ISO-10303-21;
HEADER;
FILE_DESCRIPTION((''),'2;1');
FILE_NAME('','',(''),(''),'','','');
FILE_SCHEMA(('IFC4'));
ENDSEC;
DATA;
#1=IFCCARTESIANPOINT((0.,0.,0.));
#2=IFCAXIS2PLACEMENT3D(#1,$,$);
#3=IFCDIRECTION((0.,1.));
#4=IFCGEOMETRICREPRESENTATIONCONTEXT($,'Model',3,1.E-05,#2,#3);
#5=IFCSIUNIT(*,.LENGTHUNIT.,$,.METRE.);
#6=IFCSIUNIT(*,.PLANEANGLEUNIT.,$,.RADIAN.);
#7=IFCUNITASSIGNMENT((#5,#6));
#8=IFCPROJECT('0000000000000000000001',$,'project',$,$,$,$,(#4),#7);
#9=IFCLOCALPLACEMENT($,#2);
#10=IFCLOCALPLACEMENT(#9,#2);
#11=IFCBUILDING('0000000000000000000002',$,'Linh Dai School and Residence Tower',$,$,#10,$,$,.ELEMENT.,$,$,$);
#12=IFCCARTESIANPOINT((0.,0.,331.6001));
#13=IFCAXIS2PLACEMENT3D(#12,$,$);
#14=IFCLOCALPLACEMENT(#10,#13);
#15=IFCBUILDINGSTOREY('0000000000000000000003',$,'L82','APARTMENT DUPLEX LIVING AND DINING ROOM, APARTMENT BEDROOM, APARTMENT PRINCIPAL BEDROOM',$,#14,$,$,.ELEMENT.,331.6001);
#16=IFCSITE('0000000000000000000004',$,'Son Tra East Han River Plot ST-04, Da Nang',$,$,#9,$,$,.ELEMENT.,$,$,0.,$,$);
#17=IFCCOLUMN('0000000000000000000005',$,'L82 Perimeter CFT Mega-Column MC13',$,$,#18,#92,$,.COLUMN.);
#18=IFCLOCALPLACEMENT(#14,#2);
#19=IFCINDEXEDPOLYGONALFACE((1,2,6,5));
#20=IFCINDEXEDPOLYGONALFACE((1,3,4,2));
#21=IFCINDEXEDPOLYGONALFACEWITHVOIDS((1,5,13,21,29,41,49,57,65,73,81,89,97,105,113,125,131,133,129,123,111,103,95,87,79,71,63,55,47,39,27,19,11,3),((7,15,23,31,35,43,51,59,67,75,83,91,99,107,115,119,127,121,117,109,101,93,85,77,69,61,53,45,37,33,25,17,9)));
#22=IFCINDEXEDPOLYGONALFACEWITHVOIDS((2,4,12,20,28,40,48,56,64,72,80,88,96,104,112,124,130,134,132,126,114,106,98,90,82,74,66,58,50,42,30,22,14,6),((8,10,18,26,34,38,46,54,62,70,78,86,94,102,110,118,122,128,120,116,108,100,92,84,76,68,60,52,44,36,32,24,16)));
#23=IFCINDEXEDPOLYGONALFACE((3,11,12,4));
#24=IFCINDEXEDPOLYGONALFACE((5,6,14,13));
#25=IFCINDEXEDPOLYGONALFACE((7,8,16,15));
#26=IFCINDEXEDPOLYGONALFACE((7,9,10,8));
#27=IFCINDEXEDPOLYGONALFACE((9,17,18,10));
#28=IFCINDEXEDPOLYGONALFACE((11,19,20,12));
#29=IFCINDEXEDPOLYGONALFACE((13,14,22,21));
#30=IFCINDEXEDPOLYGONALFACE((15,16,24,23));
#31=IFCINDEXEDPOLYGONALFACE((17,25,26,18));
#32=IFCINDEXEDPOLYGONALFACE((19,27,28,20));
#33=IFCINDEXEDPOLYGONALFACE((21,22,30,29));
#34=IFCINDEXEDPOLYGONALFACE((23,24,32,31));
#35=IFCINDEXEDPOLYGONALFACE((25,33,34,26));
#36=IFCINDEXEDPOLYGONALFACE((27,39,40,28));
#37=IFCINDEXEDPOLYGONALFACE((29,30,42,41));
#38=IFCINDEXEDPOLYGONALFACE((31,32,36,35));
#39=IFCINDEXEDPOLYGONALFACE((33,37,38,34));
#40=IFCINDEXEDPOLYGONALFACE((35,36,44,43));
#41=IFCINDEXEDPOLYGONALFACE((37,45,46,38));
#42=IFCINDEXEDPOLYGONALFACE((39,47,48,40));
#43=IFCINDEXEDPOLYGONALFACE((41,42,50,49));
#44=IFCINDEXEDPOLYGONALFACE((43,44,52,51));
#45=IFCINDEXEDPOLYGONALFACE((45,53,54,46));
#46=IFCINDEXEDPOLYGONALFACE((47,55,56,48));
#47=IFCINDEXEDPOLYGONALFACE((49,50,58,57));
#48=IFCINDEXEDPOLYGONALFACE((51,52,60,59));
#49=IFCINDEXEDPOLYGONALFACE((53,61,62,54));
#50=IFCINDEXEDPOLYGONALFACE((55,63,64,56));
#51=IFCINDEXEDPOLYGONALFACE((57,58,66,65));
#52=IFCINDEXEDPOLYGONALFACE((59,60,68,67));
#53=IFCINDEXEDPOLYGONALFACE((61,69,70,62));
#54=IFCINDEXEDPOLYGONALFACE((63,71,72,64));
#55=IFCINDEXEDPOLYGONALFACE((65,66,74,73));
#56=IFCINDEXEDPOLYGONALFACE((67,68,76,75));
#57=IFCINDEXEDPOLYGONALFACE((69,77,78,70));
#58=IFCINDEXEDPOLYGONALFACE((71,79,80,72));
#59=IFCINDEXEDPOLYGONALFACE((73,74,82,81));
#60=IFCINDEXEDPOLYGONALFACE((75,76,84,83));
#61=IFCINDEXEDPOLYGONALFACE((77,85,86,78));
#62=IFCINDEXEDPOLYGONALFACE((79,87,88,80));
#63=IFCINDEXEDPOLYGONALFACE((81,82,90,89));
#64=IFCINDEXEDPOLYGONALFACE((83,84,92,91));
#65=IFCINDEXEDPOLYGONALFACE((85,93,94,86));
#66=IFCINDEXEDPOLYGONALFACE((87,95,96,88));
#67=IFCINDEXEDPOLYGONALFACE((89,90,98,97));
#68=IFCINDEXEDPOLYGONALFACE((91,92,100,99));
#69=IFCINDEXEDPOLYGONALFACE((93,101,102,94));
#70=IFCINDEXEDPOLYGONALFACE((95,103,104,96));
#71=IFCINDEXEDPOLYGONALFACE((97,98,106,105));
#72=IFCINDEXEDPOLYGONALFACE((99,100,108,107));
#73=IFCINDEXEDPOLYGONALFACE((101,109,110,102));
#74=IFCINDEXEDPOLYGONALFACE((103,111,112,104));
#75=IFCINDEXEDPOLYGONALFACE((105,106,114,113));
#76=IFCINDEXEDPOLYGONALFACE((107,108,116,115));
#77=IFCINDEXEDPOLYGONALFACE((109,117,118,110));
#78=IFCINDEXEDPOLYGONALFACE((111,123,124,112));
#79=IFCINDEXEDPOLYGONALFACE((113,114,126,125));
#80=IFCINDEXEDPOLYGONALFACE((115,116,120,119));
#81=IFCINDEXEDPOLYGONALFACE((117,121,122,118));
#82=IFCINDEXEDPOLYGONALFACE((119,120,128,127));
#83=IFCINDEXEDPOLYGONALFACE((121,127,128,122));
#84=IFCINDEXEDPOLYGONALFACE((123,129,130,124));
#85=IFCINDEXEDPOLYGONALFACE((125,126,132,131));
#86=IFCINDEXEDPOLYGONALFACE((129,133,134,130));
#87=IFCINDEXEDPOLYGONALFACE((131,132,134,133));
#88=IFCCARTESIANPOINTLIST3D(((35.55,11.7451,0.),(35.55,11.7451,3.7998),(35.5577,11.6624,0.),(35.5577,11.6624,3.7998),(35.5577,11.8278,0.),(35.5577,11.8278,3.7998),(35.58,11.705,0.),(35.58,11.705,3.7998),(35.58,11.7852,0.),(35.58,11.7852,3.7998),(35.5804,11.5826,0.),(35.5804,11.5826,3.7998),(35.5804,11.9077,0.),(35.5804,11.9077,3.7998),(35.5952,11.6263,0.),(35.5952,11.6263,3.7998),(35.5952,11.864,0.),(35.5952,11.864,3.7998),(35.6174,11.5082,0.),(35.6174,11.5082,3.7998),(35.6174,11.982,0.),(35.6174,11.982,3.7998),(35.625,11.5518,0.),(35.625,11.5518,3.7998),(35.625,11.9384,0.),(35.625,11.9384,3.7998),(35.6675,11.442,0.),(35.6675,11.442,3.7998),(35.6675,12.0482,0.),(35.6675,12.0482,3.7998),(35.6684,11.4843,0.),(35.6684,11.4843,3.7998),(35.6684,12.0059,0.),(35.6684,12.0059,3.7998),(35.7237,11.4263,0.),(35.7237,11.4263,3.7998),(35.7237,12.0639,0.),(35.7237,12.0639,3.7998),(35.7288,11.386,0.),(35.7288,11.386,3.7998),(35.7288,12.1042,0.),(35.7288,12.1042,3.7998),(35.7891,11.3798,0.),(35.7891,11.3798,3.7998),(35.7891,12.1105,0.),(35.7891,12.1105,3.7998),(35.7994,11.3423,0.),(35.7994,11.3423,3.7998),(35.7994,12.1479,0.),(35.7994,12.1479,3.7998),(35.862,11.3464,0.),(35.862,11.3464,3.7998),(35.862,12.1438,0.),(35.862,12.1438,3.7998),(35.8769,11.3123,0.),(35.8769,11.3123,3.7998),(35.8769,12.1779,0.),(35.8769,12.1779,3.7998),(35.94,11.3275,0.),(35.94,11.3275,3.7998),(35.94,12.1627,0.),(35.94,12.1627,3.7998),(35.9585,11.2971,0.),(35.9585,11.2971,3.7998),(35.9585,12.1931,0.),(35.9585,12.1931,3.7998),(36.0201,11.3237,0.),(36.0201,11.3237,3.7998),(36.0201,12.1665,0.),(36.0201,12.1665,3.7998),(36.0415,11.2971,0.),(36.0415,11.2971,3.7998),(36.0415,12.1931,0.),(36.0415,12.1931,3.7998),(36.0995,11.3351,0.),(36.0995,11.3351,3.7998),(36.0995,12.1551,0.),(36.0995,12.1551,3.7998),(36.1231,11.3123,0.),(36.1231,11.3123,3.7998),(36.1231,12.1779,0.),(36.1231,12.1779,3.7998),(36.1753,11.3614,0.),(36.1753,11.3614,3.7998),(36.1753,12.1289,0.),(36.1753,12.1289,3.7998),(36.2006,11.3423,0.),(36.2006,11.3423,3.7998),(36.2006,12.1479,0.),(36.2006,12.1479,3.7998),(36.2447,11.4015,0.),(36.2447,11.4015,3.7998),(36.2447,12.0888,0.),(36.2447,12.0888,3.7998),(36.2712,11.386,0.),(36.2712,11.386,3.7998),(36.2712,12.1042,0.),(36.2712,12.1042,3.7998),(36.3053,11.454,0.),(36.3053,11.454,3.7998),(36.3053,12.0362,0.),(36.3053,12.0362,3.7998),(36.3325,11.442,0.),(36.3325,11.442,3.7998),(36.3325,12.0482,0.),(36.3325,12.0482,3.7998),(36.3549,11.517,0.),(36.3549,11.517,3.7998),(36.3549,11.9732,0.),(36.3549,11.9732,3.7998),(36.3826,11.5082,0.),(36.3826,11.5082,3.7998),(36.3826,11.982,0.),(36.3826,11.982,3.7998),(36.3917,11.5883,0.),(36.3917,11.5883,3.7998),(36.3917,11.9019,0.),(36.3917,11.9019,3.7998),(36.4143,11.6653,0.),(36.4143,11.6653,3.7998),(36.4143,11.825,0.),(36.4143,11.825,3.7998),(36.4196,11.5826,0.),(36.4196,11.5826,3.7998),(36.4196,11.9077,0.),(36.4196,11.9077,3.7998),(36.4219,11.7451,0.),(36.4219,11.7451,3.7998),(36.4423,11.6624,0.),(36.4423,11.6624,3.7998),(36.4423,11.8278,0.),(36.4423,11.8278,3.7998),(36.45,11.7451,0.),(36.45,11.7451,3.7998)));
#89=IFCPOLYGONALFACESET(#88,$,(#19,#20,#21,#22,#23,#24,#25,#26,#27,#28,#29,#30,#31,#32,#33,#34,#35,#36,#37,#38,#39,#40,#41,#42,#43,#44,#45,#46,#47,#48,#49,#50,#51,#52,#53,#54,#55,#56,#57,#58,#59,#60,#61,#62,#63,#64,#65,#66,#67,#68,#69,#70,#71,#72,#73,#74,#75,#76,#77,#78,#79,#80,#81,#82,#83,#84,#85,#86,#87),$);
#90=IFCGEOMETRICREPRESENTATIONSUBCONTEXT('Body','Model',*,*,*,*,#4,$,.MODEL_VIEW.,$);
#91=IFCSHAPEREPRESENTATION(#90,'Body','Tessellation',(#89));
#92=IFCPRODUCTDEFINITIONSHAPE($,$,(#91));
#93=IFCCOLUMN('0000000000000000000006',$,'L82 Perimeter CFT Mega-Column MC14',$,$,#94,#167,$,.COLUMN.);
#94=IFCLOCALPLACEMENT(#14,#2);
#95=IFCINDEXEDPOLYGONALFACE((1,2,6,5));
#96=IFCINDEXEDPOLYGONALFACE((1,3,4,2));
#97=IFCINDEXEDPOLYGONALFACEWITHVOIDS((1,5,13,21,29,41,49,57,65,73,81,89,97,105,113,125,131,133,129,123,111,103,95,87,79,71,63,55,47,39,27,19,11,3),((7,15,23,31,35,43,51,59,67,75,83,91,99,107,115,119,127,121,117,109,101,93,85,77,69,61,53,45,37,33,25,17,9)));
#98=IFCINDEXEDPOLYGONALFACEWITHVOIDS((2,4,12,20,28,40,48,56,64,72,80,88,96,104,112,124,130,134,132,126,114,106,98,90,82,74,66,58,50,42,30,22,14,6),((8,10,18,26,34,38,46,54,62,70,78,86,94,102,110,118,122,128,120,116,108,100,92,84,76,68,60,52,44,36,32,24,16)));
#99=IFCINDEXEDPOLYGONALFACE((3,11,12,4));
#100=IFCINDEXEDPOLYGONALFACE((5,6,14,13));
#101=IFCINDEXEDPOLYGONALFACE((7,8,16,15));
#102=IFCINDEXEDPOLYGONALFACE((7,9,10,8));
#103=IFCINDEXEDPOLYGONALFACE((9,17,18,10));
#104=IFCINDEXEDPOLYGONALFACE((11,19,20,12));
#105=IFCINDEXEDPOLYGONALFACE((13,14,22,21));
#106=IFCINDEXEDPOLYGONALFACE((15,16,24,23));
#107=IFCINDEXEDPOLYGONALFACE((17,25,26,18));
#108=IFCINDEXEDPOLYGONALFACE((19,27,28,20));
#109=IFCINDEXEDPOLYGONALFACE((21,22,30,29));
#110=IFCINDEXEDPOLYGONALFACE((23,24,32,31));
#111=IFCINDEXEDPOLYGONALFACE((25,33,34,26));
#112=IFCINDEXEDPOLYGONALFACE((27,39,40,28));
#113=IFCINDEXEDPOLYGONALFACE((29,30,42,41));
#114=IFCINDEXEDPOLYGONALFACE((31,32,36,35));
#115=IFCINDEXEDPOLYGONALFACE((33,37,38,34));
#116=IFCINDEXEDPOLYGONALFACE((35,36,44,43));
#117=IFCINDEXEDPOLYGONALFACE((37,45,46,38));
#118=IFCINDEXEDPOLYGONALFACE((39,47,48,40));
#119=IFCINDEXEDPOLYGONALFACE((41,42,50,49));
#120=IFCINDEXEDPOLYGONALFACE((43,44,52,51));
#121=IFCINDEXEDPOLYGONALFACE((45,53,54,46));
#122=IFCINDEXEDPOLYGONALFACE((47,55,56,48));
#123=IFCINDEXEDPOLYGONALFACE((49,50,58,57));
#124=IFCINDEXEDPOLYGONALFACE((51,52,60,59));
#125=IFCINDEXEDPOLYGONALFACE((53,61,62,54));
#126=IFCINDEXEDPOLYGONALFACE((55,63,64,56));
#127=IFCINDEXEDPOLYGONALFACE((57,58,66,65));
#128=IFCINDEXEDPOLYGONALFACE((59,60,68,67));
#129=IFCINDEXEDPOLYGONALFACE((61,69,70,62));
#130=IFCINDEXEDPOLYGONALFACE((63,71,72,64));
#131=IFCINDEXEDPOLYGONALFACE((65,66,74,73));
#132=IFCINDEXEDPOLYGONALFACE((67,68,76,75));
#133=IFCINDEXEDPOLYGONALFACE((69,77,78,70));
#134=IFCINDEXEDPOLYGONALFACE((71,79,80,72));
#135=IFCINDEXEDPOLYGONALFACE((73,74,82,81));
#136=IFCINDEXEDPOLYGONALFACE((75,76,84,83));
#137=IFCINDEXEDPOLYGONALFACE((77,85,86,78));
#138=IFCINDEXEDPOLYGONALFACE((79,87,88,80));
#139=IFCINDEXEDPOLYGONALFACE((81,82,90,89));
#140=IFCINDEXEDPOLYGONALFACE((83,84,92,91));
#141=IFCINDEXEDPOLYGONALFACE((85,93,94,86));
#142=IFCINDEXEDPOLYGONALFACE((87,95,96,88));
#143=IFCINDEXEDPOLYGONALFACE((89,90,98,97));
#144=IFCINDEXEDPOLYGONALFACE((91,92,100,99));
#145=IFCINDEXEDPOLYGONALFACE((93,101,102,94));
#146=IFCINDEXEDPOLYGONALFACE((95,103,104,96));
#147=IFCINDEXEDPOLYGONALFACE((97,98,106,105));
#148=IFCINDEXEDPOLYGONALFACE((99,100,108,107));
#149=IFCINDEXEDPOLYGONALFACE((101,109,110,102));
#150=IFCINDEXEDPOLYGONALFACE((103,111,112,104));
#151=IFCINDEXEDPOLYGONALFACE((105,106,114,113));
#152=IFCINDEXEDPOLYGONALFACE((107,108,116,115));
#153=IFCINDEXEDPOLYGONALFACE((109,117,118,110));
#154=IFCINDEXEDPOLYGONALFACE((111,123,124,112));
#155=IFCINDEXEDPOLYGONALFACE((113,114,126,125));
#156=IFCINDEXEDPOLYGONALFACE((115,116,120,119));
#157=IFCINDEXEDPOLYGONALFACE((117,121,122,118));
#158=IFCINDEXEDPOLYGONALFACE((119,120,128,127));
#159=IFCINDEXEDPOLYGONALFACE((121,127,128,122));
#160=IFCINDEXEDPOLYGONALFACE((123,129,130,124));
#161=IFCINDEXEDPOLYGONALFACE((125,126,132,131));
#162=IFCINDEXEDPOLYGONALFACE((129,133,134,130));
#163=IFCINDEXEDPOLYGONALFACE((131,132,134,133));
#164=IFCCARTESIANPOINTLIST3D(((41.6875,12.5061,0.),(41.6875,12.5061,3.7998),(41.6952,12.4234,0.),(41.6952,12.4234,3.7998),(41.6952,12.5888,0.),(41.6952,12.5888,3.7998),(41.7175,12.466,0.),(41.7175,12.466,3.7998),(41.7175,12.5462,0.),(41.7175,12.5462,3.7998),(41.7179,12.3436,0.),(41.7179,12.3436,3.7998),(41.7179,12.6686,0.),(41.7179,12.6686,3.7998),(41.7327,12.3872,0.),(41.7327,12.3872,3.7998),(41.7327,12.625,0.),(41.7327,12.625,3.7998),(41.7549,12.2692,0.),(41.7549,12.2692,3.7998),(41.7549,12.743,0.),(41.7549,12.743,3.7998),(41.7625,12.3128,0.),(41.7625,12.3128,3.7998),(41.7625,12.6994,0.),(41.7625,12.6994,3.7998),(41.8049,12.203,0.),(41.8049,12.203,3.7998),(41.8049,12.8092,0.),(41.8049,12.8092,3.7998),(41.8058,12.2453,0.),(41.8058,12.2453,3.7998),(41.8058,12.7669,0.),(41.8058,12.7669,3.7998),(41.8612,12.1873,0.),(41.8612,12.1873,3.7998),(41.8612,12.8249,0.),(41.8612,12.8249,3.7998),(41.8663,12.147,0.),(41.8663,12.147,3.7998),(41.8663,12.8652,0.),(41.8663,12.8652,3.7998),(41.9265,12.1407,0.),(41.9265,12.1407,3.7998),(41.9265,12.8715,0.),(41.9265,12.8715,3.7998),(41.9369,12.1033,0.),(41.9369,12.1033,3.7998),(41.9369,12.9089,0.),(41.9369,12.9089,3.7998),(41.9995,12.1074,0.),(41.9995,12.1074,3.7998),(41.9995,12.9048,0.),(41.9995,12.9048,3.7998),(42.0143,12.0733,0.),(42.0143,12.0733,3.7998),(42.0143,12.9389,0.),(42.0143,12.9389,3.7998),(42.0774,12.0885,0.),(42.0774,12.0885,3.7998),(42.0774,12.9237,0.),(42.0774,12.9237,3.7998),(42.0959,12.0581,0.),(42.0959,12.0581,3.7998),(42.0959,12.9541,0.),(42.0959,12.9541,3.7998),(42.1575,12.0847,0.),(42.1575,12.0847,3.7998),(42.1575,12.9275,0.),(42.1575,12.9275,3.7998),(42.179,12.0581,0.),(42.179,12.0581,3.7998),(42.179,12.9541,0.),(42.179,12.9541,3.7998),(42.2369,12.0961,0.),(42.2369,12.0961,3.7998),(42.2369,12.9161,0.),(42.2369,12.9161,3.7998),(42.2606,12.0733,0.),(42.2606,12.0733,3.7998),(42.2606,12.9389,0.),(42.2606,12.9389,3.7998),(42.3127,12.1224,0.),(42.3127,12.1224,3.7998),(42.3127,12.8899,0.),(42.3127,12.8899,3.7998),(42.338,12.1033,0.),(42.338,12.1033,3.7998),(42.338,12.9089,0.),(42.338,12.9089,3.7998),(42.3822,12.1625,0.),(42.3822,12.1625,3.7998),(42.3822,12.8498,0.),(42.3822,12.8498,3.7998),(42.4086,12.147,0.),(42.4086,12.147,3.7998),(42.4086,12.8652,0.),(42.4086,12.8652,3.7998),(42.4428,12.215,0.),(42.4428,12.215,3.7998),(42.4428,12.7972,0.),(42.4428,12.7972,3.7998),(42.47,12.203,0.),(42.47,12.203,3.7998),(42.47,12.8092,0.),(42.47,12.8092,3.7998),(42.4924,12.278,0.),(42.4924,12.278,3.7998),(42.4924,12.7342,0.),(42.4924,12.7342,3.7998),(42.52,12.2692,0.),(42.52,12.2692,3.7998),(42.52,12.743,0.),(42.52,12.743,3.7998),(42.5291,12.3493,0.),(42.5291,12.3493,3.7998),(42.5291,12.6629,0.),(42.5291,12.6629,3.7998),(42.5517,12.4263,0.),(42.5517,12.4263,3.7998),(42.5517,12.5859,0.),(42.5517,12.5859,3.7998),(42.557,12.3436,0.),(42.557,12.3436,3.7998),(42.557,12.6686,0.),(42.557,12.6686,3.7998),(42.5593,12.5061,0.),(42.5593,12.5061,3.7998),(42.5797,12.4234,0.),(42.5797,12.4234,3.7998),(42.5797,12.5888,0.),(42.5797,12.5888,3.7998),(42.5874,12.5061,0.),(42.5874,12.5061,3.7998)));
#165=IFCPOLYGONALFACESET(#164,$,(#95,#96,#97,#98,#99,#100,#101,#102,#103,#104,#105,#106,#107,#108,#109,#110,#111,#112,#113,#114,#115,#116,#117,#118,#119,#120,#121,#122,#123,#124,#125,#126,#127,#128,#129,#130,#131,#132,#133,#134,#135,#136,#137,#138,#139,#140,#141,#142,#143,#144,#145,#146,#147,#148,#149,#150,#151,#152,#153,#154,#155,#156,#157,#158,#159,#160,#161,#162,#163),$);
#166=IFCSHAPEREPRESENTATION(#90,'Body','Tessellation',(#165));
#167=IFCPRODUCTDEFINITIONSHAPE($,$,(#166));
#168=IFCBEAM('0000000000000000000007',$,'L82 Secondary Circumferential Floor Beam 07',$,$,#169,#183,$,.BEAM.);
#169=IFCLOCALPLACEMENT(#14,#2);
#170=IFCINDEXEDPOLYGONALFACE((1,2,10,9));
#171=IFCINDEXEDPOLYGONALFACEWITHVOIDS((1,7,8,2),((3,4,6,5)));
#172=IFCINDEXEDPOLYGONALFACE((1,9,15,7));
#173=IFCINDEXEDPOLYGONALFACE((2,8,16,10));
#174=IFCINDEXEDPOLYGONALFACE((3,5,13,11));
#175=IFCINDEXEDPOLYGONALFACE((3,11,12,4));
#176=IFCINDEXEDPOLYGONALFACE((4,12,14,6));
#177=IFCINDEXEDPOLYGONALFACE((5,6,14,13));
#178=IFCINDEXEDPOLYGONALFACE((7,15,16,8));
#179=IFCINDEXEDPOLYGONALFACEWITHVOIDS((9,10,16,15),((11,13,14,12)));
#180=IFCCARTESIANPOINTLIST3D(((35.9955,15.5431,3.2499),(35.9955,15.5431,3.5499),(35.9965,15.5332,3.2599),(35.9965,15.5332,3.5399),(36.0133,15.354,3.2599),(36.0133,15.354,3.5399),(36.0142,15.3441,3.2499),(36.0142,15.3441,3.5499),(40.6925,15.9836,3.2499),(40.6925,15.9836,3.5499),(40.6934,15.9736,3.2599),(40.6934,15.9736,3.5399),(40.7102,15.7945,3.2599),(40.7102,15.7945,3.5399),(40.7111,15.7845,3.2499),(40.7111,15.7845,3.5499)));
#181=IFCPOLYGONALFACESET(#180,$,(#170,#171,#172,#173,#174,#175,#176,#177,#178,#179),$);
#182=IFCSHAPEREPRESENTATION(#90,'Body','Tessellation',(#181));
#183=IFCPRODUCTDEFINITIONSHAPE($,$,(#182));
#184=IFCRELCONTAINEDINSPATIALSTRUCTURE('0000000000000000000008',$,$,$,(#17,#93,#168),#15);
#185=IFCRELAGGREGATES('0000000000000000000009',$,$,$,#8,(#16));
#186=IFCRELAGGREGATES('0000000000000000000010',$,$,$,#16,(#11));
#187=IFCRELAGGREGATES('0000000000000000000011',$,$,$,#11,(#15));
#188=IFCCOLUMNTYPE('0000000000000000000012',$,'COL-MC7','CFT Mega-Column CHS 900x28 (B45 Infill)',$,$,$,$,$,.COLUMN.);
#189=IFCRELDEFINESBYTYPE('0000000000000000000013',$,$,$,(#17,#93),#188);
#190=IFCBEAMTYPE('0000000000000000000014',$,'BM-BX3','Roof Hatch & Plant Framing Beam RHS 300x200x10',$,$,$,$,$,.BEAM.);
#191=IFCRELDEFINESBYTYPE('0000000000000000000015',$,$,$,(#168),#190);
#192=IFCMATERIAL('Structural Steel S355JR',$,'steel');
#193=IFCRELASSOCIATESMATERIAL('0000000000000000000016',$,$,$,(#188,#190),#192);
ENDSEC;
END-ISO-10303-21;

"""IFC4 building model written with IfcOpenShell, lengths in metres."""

from ifc_helpers import new_model, si_unit, direction, frame, origin, origin_2d, place, context, subcontext, project, spatial, hollow_rectangle, hollow_circle, extrude, material, material_profile, profile_set, type_object, element, save


model = new_model("IFC4")

# Units and contexts
model_context = context("Model", 3, precision=1e-05, world=origin(), true_north=direction((0.0, 1.0)))
body_context = subcontext(model_context, "Body", "Model", "MODEL_VIEW")
ifc_project = project(units=[si_unit("LENGTHUNIT", "METRE"), si_unit("PLANEANGLEUNIT", "RADIAN")], contexts=[model_context])

# Site, building, storey
site_placement = place(None, origin())
site = spatial("IfcSite", under=ifc_project, at=site_placement, Name="Son Tra East Han River Plot ST-04, Da Nang", CompositionType="ELEMENT", RefElevation=0.0)
building_placement = place(site_placement, origin())
building = spatial("IfcBuilding", under=site, at=building_placement, Name="Linh Dai School and Residence Tower", CompositionType="ELEMENT")
storey_placement = place(building_placement, frame((0.0, 0.0, 331.6001)))
storey = spatial("IfcBuildingStorey", under=building, at=storey_placement, Name="L82", Description="APARTMENT DUPLEX LIVING AND DINING ROOM, APARTMENT BEDROOM, APARTMENT PRINCIPAL BEDROOM", CompositionType="ELEMENT", Elevation=331.6001)

# Columns
ifc_material_1 = material(Name="Structural Steel S355JR", Category="steel")
ifc_material_profile_1 = material_profile(ifc_material_1, hollow_circle(Radius=0.45, WallThickness=0.0281, at=origin_2d()), Name="CHS 900x28")
ifc_profile_set_1 = profile_set([ifc_material_profile_1], Name="Structural Steel S355JR")
column_type = type_object("IfcColumnType", Name="COL-MC7", Description="CFT Mega-Column CHS 900x28 (B45 Infill)", PredefinedType="COLUMN", material=ifc_profile_set_1)
for number, where, z_axis, x_axis, name in (
    (1, (36.0, 11.7451, 0.0), (0.0, 0.0, 1.0), (1.0, 0.0, 0.0), "L82 Perimeter CFT Mega-Column MC13"),
    (2, (42.1375, 12.5061, 0.0), (0.0, 0.0, 1.0), (1.0, 0.0, 0.0), "L82 Perimeter CFT Mega-Column MC14"),
):
    element("IfcColumn", number, at=place(storey_placement, frame(where, z_axis=z_axis, x_axis=x_axis)), inside=storey, type_object=column_type, Name=name, PredefinedType="COLUMN", context=body_context, shape_type="SweptSolid", body=[
        extrude(hollow_circle(Radius=0.45, WallThickness=0.0281, at=origin_2d()), origin(), (0.0, 0.0, 1.0), 3.7998),
    ])

# Beam
ifc_material_profile_2 = material_profile(ifc_material_1, hollow_rectangle(XDim=0.2, YDim=0.3, WallThickness=0.01, at=origin_2d()), Name="RHS 300x200x10")
ifc_profile_set_2 = profile_set([ifc_material_profile_2], Name="Structural Steel S355JR")
beam_type_1 = type_object("IfcBeamType", Name="BM-BX3", Description="Roof Hatch & Plant Framing Beam RHS 300x200x10", PredefinedType="BEAM", material=ifc_profile_set_2)
beam_1_placement = place(storey_placement, frame((36.0049, 15.4436, 3.3999), z_axis=(0.995633, 0.093358, 0.0), x_axis=(-0.093358, 0.995633, 0.0)))
element("IfcBeam", 3, at=beam_1_placement, inside=storey, type_object=beam_type_1, Name="L82 Secondary Circumferential Floor Beam 07", PredefinedType="BEAM", context=body_context, shape_type="SweptSolid", body=[
    extrude(hollow_rectangle(XDim=0.2, YDim=0.3, WallThickness=0.01, at=origin_2d()), origin(), (0.0, 0.0, 1.0), 4.7175),
])

save(model, "model.ifc")
